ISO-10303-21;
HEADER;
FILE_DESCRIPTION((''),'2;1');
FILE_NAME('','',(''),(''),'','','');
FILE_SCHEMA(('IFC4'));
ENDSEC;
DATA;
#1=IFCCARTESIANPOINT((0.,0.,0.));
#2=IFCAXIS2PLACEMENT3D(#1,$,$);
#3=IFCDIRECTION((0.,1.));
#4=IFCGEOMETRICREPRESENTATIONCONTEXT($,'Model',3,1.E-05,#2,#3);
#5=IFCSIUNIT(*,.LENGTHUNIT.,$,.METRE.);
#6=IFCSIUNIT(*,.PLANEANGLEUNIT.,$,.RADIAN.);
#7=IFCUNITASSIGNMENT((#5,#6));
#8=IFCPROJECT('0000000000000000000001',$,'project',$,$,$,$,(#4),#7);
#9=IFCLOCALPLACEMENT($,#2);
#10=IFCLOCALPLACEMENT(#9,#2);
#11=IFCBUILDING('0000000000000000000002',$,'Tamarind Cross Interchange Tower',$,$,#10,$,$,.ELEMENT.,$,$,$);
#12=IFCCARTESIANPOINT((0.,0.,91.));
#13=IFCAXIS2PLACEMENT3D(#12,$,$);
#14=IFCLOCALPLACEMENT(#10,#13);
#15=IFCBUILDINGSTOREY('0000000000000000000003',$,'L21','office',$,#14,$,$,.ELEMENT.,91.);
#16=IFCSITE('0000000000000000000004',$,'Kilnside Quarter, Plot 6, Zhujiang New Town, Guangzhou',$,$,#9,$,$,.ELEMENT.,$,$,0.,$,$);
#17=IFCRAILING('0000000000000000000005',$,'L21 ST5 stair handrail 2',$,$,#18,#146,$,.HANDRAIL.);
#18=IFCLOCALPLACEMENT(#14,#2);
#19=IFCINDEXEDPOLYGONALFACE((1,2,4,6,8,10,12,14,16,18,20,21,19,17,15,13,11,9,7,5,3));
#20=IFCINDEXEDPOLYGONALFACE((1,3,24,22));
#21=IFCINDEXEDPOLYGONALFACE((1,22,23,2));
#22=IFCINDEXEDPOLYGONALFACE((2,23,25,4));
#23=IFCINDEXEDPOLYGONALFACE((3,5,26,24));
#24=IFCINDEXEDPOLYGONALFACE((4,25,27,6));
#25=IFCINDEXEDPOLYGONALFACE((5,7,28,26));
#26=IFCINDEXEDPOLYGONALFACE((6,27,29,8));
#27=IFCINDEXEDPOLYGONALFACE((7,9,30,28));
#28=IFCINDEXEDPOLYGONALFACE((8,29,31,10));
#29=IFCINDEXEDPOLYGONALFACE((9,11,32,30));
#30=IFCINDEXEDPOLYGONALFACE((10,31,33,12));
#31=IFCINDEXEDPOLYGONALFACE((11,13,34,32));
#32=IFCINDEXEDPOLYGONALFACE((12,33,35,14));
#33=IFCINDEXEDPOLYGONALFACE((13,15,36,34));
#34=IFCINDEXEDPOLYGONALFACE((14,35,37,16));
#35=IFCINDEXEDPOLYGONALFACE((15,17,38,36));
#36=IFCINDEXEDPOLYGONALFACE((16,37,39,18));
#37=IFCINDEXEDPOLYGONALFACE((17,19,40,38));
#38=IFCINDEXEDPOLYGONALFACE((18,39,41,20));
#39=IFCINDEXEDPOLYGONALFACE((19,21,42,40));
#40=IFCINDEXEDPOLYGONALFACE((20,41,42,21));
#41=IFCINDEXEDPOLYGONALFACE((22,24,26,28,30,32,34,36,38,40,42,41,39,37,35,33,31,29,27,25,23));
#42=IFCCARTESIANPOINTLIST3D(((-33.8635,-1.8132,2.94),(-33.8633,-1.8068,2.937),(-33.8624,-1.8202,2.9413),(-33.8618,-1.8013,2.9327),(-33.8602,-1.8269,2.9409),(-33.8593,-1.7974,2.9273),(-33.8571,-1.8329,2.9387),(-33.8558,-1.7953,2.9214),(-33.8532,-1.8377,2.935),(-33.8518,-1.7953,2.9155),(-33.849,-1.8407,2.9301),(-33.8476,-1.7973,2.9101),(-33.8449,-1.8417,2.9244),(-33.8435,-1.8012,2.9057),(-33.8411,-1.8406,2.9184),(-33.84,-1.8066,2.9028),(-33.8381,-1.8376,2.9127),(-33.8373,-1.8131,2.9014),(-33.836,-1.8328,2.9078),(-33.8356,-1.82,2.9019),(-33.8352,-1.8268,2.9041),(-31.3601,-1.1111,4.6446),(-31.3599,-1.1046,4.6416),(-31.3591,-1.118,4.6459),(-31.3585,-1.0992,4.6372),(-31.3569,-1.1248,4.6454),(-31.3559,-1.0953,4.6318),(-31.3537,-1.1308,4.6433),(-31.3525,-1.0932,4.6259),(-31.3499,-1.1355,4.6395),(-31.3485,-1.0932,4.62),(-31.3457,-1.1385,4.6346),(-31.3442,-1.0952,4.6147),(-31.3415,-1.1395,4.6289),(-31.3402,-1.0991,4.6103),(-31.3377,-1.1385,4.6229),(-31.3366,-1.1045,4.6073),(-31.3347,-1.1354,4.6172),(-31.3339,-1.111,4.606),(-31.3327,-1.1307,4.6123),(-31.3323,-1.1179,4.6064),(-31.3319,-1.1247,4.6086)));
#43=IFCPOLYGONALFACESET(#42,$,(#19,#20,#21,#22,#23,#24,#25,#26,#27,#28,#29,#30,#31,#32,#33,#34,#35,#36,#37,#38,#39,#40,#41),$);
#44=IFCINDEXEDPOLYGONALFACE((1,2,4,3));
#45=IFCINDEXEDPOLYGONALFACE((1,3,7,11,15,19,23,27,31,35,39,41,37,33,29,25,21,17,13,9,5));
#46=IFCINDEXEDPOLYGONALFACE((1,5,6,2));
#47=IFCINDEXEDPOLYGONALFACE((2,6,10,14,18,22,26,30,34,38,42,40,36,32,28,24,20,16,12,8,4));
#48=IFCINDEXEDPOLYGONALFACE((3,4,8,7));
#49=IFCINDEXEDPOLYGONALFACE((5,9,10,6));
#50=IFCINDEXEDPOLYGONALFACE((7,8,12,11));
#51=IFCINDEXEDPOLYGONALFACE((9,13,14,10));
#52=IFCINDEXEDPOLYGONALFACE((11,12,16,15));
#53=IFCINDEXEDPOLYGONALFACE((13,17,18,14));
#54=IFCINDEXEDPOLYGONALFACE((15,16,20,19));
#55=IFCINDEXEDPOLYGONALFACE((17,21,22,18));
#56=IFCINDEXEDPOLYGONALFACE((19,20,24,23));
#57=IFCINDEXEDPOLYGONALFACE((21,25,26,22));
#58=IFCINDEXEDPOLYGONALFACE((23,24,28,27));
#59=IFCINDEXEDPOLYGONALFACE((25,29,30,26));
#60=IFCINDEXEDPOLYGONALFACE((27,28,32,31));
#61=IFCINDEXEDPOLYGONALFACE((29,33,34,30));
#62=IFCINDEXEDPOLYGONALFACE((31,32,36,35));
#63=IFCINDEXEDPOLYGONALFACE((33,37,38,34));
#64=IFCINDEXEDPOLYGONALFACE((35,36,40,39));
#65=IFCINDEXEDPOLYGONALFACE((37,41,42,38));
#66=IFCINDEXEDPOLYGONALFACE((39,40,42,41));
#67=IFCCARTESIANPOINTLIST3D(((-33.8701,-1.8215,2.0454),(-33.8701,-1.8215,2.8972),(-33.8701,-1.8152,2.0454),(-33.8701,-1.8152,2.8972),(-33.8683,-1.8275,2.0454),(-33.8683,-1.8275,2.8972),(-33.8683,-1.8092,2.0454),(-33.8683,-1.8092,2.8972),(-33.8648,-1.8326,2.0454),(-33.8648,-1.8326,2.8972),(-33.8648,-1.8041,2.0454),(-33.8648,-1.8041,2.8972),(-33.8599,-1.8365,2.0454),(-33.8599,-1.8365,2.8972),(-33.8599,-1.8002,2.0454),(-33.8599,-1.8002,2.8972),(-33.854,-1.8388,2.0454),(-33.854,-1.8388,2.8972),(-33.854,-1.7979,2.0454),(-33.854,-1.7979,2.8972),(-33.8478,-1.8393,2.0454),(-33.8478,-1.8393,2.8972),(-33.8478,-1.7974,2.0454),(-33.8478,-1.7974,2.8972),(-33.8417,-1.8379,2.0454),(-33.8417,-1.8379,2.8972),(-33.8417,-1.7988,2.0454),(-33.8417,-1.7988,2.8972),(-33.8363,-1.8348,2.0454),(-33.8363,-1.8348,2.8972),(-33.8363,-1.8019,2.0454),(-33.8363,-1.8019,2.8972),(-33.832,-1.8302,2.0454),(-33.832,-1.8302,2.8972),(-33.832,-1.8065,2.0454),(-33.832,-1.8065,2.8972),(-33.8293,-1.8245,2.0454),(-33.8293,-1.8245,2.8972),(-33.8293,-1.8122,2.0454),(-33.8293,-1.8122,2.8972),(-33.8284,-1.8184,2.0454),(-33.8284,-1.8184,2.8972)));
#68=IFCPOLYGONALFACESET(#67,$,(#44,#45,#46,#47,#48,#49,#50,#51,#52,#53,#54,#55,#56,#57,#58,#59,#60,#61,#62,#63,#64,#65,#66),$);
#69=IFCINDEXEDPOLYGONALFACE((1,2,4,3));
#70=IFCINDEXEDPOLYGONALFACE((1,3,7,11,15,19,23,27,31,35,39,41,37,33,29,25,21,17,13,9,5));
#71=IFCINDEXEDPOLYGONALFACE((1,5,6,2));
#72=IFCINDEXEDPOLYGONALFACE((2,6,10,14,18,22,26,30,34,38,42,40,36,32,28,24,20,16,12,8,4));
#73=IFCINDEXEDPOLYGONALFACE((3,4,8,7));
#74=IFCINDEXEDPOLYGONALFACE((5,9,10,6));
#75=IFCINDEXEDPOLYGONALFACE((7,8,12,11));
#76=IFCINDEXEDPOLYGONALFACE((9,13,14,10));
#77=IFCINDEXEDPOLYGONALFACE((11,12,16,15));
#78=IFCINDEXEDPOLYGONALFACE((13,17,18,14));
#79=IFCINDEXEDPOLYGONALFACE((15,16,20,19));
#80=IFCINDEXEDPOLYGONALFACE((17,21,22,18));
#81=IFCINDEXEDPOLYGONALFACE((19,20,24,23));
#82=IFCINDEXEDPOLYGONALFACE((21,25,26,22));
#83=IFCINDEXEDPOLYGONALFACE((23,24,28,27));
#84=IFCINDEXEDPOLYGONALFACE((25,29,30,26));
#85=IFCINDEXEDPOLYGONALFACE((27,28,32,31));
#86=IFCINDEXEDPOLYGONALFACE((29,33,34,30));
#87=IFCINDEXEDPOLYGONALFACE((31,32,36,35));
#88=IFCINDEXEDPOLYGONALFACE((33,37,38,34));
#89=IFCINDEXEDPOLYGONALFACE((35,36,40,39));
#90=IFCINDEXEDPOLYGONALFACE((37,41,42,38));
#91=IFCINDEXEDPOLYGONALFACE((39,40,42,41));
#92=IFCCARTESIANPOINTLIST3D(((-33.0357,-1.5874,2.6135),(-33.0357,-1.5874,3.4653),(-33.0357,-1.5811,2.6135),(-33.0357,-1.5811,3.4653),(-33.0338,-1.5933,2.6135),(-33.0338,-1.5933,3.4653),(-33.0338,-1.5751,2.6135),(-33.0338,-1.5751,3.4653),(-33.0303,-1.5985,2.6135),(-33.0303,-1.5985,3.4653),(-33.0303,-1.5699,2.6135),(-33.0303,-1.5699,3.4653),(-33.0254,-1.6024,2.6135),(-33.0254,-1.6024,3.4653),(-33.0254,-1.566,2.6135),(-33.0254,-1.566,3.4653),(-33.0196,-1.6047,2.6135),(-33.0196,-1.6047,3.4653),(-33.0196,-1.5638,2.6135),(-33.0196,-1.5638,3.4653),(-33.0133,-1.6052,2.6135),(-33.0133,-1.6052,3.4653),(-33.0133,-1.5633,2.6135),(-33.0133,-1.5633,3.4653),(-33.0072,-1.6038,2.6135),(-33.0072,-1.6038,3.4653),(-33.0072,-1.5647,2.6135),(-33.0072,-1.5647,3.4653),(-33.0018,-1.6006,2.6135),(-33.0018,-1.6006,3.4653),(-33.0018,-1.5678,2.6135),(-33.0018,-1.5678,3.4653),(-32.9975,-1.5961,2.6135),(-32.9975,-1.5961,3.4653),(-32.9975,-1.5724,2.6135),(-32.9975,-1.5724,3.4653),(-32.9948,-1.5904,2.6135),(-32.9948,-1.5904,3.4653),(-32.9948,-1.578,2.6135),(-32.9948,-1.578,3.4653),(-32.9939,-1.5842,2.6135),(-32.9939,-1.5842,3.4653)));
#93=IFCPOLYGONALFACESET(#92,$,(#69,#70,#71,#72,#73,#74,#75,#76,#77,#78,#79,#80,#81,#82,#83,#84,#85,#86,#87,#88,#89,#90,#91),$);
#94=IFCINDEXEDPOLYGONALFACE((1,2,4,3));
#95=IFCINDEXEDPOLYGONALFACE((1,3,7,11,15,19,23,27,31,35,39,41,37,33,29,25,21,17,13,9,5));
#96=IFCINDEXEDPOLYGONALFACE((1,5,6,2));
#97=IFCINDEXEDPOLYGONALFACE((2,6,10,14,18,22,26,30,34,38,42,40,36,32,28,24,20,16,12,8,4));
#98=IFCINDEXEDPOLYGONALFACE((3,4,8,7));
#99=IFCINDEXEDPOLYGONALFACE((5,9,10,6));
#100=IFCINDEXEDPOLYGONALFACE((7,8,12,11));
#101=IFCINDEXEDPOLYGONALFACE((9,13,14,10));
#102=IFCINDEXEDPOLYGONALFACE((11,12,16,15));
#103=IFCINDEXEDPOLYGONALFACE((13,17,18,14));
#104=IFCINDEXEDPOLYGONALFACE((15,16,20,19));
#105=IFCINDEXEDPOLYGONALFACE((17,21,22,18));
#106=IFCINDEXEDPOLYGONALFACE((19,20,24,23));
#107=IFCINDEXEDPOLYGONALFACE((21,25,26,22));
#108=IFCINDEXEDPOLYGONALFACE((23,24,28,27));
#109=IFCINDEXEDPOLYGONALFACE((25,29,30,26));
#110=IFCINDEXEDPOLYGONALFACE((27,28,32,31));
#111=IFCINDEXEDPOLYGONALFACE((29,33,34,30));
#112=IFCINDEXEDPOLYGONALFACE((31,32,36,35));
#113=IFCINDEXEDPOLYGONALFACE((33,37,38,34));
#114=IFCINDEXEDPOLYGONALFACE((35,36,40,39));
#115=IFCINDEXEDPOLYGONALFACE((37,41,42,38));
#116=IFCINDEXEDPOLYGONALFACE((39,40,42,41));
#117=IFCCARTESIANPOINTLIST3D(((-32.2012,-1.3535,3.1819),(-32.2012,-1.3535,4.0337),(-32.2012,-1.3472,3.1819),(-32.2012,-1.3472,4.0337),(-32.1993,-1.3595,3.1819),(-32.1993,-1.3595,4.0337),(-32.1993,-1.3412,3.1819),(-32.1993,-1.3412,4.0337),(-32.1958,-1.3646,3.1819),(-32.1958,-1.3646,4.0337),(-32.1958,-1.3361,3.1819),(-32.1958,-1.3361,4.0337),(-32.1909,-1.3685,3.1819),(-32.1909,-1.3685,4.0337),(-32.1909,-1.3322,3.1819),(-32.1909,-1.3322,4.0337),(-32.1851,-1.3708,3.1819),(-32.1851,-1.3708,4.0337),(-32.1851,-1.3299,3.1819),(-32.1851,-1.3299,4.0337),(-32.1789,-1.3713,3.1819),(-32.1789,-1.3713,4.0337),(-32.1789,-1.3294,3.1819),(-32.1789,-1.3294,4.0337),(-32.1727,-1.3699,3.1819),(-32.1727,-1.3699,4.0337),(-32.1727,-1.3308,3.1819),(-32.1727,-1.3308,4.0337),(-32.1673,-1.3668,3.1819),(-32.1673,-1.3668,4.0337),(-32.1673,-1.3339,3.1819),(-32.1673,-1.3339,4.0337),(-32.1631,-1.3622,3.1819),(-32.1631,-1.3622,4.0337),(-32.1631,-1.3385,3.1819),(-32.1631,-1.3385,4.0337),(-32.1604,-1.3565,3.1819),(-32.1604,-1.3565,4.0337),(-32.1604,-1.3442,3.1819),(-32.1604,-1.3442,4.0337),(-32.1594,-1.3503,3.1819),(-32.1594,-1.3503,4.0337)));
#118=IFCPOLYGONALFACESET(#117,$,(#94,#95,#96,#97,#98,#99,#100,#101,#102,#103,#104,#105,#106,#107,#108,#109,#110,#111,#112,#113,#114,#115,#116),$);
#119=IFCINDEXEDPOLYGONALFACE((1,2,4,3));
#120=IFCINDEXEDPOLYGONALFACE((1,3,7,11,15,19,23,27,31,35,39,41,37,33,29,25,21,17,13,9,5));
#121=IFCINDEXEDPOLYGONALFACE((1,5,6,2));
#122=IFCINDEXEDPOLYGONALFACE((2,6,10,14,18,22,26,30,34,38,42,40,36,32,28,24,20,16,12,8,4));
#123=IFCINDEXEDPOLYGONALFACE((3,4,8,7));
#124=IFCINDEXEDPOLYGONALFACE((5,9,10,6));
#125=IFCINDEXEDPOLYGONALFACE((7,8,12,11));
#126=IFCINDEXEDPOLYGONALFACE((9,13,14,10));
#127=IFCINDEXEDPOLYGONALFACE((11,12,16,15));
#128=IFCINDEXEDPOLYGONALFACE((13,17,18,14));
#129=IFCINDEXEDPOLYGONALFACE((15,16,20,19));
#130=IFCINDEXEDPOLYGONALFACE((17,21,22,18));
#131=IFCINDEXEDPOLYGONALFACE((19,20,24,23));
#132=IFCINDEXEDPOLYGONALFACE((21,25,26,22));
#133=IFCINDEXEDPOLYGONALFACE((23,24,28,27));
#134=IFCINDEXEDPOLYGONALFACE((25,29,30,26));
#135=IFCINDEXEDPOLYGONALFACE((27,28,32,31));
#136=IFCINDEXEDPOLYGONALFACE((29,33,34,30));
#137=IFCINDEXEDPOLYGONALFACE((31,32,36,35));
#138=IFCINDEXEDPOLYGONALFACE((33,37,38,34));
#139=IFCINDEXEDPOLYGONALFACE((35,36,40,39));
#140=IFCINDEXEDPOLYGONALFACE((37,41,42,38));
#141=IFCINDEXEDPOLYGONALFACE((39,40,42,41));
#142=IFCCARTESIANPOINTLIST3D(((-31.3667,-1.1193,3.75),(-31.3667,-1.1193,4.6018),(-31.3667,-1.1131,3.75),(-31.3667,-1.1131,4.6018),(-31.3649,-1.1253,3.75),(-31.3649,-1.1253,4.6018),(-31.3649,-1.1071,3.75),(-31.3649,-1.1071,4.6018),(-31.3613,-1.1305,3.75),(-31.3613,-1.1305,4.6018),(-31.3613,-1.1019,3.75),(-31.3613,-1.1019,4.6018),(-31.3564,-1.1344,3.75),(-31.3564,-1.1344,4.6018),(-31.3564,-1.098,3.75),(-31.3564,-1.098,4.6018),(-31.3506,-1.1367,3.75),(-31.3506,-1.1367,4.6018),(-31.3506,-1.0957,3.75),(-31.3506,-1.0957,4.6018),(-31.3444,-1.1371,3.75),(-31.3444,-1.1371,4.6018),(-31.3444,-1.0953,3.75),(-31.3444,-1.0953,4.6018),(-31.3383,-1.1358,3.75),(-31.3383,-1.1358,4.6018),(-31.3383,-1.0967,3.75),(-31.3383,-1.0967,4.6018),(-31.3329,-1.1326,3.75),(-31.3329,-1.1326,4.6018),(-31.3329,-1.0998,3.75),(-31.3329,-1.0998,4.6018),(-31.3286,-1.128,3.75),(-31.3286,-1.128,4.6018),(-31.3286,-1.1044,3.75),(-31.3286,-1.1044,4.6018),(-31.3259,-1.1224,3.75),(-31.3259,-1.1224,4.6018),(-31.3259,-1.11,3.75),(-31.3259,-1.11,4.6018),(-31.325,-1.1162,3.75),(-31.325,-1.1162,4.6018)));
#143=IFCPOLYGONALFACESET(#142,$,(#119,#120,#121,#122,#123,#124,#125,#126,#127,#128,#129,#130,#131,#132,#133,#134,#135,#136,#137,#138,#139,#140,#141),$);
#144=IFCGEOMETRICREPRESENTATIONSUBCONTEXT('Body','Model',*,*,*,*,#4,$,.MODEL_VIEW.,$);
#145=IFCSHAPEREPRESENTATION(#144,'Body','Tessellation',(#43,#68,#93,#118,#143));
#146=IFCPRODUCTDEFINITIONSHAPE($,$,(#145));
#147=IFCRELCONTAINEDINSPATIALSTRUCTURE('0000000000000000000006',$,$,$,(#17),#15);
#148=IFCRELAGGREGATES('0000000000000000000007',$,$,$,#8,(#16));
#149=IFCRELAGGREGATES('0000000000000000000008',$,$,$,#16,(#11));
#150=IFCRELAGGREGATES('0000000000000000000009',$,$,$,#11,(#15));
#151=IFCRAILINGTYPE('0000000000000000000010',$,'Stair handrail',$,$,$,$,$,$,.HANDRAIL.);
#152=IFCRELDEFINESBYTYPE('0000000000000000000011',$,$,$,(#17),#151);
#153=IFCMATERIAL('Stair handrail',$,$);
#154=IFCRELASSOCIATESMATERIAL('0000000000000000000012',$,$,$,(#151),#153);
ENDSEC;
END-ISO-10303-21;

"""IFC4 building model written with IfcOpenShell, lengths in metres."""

from ifc_helpers import new_model, si_unit, direction, frame, origin, origin_2d, place, context, subcontext, project, spatial, circle, extrude, material, type_object, element, save


model = new_model("IFC4")

# Units and contexts
model_context = context("Model", 3, precision=1e-05, world=origin(), true_north=direction((0.0, 1.0)))
body_context = subcontext(model_context, "Body", "Model", "MODEL_VIEW")
ifc_project = project(units=[si_unit("LENGTHUNIT", "METRE"), si_unit("PLANEANGLEUNIT", "RADIAN")], contexts=[model_context])

# Site, building, storey
site_placement = place(None, origin())
site = spatial("IfcSite", under=ifc_project, at=site_placement, Name="Kilnside Quarter, Plot 6, Zhujiang New Town, Guangzhou", CompositionType="ELEMENT", RefElevation=0.0)
building_placement = place(site_placement, origin())
building = spatial("IfcBuilding", under=site, at=building_placement, Name="Tamarind Cross Interchange Tower", CompositionType="ELEMENT")
storey_placement = place(building_placement, frame((0.0, 0.0, 91.0)))
storey = spatial("IfcBuildingStorey", under=building, at=storey_placement, Name="L21", Description="office", CompositionType="ELEMENT", Elevation=91.0)

# Railing
ifc_material_1 = material(Name="Stair handrail")
railing_type_1 = type_object("IfcRailingType", Name="Stair handrail", PredefinedType="HANDRAIL", material=ifc_material_1)
railing_1_placement = place(storey_placement, frame((-33.8494, -1.8184, 2.0454)))
element("IfcRailing", 1, at=railing_1_placement, inside=storey, type_object=railing_type_1, Name="L21 ST5 stair handrail 2", PredefinedType="HANDRAIL", context=body_context, shape_type="SweptSolid", body=[
    extrude(circle(Radius=0.0239, at=origin_2d()), frame((0.0, 0.0, 0.876), z_axis=(0.805222, 0.225845, 0.54828), x_axis=(-0.270055, 0.962845, 0.0)), (0.0, 0.0, 1.0), 3.1089),
    extrude(circle(Radius=0.021, at=origin_2d()), origin(), (0.0, 0.0, 1.0), 0.8518),
    extrude(circle(Radius=0.021, at=origin_2d()), frame((0.8345, 0.2341, 0.5681)), (0.0, 0.0, 1.0), 0.8518),
    extrude(circle(Radius=0.021, at=origin_2d()), frame((1.6689, 0.468, 1.1365)), (0.0, 0.0, 1.0), 0.8518),
    extrude(circle(Radius=0.021, at=origin_2d()), frame((2.5034, 0.7021, 1.7046)), (0.0, 0.0, 1.0), 0.8518),
])

save(model, "model.ifc")
